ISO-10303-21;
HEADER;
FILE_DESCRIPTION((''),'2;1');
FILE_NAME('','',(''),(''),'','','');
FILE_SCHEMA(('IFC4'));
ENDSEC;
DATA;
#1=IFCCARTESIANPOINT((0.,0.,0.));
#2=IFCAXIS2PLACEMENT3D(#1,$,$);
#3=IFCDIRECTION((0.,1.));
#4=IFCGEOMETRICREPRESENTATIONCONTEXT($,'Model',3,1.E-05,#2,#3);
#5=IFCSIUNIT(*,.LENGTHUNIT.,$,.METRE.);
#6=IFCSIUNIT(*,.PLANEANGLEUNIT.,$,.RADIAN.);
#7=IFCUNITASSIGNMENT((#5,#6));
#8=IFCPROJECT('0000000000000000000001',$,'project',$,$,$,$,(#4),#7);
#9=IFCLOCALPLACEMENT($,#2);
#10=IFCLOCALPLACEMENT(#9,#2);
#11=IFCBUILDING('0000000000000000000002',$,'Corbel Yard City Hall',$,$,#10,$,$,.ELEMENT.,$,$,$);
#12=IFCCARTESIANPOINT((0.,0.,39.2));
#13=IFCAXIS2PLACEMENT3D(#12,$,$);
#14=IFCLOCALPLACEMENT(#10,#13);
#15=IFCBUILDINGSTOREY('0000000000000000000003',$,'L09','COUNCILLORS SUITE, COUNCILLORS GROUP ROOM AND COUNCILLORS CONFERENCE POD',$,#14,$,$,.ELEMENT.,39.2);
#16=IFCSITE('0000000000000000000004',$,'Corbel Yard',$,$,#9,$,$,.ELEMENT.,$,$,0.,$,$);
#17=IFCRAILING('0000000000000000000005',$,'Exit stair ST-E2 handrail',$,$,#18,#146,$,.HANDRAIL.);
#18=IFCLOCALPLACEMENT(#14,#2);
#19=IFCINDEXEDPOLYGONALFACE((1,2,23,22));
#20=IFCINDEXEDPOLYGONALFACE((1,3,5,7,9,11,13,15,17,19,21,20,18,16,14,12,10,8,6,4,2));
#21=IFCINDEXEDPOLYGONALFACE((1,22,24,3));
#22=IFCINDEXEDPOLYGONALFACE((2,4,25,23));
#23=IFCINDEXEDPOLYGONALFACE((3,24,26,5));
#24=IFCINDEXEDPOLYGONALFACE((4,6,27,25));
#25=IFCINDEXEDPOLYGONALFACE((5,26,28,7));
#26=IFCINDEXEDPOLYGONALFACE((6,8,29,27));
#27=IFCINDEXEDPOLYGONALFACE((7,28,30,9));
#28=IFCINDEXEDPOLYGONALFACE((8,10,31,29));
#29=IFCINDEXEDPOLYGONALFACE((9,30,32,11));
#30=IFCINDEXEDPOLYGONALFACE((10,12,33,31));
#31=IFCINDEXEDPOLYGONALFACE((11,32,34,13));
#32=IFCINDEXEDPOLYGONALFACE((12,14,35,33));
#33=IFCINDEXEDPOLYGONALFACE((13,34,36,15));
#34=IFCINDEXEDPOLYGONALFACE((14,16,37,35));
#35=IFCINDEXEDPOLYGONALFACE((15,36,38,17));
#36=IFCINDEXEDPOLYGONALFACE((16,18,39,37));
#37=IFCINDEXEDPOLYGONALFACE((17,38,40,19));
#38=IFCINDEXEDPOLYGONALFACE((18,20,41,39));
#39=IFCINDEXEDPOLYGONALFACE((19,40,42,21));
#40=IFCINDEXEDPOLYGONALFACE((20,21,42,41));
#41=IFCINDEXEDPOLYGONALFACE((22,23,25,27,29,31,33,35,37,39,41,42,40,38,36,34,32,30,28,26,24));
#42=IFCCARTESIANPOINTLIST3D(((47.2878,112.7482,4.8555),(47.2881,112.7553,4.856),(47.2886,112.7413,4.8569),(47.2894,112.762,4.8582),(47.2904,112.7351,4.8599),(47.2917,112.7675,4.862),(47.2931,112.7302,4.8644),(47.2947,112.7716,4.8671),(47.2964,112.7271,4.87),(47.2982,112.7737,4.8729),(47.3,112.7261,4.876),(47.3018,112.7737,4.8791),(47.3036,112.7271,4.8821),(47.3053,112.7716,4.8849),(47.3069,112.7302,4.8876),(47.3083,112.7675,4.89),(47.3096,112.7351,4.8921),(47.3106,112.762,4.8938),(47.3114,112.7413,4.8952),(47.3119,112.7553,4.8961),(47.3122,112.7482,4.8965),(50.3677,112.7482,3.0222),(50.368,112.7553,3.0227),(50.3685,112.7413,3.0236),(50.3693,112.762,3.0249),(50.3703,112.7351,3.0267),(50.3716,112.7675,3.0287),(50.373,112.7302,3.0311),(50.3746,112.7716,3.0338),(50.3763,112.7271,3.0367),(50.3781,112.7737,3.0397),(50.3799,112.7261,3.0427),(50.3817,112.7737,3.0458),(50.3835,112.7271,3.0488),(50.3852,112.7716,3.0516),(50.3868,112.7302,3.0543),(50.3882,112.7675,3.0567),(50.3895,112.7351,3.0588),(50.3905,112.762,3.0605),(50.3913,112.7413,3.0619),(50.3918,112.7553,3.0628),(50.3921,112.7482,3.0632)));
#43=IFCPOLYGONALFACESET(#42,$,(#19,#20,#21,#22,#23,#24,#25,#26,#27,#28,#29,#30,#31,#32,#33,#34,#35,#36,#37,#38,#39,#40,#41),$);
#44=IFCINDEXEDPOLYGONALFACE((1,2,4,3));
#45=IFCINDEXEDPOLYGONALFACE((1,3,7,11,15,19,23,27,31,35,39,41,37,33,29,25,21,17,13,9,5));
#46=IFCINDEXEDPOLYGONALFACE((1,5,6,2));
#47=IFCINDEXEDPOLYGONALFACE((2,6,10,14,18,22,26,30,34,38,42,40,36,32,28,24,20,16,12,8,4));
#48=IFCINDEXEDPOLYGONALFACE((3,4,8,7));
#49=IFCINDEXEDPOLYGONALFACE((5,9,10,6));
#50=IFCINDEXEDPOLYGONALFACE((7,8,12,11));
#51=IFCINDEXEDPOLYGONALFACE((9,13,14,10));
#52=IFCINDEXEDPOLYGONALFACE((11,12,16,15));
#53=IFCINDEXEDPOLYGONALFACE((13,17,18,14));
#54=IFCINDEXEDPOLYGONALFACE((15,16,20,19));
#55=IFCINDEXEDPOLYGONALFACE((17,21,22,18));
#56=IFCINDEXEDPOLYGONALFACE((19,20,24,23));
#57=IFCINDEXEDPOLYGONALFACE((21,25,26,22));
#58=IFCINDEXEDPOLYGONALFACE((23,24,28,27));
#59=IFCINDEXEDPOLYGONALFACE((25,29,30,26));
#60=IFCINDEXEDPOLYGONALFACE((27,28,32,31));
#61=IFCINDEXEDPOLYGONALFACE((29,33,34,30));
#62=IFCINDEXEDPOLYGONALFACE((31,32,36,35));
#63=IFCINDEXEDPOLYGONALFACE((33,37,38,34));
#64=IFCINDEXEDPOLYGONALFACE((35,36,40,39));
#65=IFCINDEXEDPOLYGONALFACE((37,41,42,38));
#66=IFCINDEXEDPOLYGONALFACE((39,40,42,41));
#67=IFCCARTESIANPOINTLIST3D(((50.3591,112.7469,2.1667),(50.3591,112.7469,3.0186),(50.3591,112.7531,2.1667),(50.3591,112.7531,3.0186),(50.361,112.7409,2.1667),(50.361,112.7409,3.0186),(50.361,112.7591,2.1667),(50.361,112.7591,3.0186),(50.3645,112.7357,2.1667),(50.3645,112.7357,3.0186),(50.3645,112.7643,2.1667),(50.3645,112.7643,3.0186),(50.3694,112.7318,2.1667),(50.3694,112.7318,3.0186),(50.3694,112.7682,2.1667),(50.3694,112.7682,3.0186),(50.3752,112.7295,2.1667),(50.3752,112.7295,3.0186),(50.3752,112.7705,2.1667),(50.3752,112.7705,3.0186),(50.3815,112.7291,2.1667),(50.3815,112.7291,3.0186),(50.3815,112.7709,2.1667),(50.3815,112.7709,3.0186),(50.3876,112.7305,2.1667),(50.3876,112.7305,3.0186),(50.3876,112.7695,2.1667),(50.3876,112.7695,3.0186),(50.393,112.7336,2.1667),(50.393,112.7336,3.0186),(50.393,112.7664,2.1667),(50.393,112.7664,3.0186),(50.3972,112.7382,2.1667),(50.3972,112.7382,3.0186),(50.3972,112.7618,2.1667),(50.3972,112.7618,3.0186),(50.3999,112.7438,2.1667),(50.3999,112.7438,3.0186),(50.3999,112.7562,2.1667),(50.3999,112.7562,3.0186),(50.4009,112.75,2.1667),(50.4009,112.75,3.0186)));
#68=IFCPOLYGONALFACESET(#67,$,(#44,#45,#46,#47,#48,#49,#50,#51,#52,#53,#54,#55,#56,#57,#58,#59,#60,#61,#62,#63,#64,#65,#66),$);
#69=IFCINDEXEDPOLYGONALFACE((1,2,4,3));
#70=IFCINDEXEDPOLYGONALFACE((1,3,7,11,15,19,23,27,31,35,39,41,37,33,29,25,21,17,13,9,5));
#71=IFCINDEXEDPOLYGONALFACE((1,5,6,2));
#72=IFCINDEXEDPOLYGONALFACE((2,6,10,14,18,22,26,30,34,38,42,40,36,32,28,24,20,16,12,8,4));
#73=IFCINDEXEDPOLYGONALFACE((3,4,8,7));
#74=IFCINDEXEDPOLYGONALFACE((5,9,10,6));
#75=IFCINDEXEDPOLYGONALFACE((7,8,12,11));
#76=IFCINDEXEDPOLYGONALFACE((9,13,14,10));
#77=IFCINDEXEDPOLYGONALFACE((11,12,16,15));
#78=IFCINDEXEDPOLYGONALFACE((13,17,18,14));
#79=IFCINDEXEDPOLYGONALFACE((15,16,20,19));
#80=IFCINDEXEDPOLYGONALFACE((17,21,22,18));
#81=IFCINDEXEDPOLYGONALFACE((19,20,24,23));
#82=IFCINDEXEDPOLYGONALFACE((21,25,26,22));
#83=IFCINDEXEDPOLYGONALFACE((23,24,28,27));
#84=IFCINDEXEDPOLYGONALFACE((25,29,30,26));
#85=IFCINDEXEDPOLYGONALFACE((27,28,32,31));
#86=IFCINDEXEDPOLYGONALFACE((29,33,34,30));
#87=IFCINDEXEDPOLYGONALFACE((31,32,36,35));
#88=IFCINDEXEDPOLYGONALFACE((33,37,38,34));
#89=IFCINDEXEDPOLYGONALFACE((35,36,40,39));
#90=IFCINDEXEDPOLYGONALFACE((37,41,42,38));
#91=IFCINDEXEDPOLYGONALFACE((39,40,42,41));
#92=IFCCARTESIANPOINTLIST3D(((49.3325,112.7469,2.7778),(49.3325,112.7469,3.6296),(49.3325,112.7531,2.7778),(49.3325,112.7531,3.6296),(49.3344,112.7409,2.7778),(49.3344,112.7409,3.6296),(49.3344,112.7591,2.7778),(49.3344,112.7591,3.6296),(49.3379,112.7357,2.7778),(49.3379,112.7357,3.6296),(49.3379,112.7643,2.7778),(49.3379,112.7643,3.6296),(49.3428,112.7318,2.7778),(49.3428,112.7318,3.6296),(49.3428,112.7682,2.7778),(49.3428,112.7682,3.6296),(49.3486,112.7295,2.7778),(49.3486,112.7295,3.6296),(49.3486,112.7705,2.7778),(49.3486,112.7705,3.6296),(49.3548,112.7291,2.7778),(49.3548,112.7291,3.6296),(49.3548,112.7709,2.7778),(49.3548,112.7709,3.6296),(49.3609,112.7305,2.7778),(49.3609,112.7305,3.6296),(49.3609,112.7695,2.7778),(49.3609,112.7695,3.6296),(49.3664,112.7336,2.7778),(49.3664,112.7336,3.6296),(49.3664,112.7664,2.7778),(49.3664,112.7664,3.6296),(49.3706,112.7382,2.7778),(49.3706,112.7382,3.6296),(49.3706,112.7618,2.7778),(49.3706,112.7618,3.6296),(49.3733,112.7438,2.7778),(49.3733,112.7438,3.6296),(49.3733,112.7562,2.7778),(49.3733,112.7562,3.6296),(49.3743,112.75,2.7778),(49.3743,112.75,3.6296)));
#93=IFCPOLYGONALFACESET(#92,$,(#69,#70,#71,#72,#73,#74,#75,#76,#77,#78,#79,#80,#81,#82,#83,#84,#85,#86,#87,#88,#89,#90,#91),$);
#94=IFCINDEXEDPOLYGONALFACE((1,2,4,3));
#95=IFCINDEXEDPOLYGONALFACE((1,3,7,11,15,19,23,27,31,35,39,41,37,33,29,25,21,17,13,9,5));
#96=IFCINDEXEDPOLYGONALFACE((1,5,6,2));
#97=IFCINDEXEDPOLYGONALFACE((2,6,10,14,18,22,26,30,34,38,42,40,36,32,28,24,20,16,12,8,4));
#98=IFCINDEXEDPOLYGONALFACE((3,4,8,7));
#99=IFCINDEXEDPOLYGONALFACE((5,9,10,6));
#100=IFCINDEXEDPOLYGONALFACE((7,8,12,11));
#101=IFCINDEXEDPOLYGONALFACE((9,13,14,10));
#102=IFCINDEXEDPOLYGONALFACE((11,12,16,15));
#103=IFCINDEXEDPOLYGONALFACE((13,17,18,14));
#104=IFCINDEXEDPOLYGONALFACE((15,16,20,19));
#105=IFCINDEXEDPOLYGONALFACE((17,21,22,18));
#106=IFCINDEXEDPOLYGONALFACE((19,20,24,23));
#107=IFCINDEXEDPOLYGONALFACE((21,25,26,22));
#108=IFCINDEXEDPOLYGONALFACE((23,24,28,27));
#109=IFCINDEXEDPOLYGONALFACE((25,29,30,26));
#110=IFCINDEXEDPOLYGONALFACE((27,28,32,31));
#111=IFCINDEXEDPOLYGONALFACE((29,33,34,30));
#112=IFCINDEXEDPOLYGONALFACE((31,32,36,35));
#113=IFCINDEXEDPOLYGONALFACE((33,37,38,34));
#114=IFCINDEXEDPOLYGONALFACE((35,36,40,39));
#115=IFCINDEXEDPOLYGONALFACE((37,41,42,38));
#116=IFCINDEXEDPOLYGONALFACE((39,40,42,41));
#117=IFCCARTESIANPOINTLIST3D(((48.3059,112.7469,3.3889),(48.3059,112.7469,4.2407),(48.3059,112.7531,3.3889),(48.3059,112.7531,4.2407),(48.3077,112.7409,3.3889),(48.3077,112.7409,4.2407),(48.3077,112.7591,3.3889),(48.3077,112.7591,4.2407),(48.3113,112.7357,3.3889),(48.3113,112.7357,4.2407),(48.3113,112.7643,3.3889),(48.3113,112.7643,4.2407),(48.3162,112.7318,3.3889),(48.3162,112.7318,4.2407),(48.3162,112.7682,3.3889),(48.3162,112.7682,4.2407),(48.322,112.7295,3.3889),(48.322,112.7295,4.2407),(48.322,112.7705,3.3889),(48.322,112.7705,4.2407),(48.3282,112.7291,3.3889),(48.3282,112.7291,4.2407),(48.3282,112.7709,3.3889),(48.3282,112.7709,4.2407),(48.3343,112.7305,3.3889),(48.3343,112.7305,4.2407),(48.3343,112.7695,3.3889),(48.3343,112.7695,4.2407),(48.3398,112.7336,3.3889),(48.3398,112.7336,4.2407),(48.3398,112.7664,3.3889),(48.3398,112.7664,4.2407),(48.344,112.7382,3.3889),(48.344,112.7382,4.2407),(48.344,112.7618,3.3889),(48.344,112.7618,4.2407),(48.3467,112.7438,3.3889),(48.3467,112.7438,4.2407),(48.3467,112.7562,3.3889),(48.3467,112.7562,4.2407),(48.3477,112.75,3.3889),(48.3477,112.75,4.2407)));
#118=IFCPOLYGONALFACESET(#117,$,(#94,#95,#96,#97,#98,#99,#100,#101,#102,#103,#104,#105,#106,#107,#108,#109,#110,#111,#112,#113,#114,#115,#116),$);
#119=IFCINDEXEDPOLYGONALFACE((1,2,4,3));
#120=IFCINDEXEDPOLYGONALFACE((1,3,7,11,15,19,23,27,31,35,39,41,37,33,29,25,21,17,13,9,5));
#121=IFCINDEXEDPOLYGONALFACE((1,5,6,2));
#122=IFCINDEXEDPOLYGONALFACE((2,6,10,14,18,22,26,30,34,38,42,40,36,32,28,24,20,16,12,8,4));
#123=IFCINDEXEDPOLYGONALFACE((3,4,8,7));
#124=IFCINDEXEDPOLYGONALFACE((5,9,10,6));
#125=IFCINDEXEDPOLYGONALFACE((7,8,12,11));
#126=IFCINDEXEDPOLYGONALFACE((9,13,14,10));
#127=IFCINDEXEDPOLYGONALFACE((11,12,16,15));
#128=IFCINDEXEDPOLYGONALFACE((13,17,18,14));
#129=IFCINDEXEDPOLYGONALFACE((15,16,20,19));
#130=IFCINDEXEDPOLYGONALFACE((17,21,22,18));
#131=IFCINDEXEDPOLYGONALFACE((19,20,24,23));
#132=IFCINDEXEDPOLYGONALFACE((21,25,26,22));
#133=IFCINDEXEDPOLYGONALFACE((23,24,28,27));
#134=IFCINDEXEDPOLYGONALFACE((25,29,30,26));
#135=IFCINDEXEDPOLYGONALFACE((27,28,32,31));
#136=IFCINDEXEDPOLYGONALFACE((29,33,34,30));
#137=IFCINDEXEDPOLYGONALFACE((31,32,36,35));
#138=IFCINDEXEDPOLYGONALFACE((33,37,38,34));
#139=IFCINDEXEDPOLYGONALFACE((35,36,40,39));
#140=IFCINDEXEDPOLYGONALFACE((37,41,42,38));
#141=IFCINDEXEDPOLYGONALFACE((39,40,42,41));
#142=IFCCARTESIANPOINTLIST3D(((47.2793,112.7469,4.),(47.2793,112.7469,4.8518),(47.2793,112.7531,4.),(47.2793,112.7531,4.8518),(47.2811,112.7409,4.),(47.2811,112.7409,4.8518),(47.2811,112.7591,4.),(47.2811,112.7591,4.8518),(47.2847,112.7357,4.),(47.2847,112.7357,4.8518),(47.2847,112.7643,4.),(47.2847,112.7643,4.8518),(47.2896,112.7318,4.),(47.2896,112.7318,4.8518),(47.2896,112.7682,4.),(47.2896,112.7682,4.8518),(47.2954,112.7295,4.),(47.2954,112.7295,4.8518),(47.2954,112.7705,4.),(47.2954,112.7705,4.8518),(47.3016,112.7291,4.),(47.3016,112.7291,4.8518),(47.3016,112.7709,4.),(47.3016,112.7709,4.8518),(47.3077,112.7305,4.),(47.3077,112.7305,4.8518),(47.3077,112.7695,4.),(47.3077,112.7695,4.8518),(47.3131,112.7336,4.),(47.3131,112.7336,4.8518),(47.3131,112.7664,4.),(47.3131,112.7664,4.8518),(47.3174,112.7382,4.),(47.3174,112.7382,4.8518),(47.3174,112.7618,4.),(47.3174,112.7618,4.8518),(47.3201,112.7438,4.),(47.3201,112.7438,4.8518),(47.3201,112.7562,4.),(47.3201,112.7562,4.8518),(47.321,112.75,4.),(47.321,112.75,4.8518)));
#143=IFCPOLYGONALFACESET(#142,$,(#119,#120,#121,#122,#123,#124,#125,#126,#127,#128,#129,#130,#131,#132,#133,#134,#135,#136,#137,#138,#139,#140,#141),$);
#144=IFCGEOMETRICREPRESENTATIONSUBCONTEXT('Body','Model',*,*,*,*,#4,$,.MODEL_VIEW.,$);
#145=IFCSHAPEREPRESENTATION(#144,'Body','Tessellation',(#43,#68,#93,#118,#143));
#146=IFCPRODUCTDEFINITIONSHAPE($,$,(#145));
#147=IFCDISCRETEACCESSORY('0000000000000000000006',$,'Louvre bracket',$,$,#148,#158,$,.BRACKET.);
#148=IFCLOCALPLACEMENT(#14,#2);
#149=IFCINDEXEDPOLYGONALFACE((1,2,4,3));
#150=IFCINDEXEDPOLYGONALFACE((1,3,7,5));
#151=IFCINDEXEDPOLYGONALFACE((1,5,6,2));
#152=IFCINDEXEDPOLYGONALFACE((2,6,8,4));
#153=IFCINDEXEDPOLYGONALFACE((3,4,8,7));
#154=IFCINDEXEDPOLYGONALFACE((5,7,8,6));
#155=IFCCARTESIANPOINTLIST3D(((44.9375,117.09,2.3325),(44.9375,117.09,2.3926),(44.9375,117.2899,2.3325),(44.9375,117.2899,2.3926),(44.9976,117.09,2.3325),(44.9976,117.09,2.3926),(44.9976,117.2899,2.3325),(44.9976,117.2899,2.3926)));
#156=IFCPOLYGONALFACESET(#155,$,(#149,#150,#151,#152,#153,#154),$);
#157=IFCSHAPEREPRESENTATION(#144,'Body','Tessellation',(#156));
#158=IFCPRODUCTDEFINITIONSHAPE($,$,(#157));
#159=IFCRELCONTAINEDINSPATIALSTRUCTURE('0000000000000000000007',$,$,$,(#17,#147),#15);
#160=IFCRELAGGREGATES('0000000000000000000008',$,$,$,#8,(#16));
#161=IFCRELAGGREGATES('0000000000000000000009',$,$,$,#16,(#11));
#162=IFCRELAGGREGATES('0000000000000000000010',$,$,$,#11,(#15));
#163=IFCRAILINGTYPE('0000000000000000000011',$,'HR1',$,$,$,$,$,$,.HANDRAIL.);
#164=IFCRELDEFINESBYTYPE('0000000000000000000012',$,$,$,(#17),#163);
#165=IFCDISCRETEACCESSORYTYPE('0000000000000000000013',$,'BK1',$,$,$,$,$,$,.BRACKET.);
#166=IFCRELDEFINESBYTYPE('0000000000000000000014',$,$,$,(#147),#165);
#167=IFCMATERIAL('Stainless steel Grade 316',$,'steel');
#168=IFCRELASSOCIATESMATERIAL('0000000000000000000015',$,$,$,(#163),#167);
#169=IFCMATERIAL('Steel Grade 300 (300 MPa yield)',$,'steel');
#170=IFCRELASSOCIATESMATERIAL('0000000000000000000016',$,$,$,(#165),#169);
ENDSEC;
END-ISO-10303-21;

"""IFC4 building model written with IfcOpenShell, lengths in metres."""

from ifc_helpers import new_model, si_unit, direction, frame, origin, origin_2d, place, context, subcontext, project, spatial, rectangle, circle, extrude, material, type_object, element, save


model = new_model("IFC4")

# Units and contexts
model_context = context("Model", 3, precision=1e-05, world=origin(), true_north=direction((0.0, 1.0)))
body_context = subcontext(model_context, "Body", "Model", "MODEL_VIEW")
ifc_project = project(units=[si_unit("LENGTHUNIT", "METRE"), si_unit("PLANEANGLEUNIT", "RADIAN")], contexts=[model_context])

# Site, building, storey
site_placement = place(None, origin())
site = spatial("IfcSite", under=ifc_project, at=site_placement, Name="Corbel Yard", CompositionType="ELEMENT", RefElevation=0.0)
building_placement = place(site_placement, origin())
building = spatial("IfcBuilding", under=site, at=building_placement, Name="Corbel Yard City Hall", CompositionType="ELEMENT")
storey_placement = place(building_placement, frame((0.0, 0.0, 39.2)))
storey = spatial("IfcBuildingStorey", under=building, at=storey_placement, Name="L09", Description="COUNCILLORS SUITE, COUNCILLORS GROUP ROOM AND COUNCILLORS CONFERENCE POD", CompositionType="ELEMENT", Elevation=39.2)

# Shared definitions
ifc_material_1 = material(Name="Stainless steel Grade 316", Category="steel")

# Railing
railing_type = type_object("IfcRailingType", Name="HR1", PredefinedType="HANDRAIL", material=ifc_material_1)
for number, where, name in (
    (1, (50.3799, 112.75, 2.1667), "Exit stair ST-E2 handrail"),
):
    element("IfcRailing", number, at=place(storey_placement, frame(where)), inside=storey, type_object=railing_type, Name=name, PredefinedType="HANDRAIL", context=body_context, shape_type="SweptSolid", body=[
        extrude(circle(Radius=0.0239, at=origin_2d()), frame((0.0, 0.0, 0.876), z_axis=(-0.859291, 0.0, 0.511487), x_axis=(0.0, -1.0, 0.0)), (0.0, 0.0, 1.0), 3.5842),
        extrude(circle(Radius=0.021, at=origin_2d()), origin(), (0.0, 0.0, 1.0), 0.8518),
        extrude(circle(Radius=0.021, at=origin_2d()), frame((-1.0266, 0.0, 0.6111)), (0.0, 0.0, 1.0), 0.8518),
        extrude(circle(Radius=0.021, at=origin_2d()), frame((-2.0532, 0.0, 1.2222)), (0.0, 0.0, 1.0), 0.8518),
        extrude(circle(Radius=0.021, at=origin_2d()), frame((-3.0798, 0.0, 1.8333)), (0.0, 0.0, 1.0), 0.8518),
    ])

# Discrete accessory
ifc_material_2 = material(Name="Steel Grade 300 (300 MPa yield)", Category="steel")
discrete_accessory_type = type_object("IfcDiscreteAccessoryType", Name="BK1", PredefinedType="BRACKET", material=ifc_material_2)
discrete_accessory_placement = place(storey_placement, frame((44.9675, 117.1899, 2.3325), z_axis=(0.0, 0.0, 1.0), x_axis=(1.0, 0.0, 0.0)))
element("IfcDiscreteAccessory", 2, at=discrete_accessory_placement, inside=storey, type_object=discrete_accessory_type, Name="Louvre bracket", PredefinedType="BRACKET", context=body_context, shape_type="SweptSolid", body=[
    extrude(rectangle(XDim=0.0601, YDim=0.2, at=origin_2d()), origin(), (0.0, 0.0, 1.0), 0.0601),
])

save(model, "model.ifc")
